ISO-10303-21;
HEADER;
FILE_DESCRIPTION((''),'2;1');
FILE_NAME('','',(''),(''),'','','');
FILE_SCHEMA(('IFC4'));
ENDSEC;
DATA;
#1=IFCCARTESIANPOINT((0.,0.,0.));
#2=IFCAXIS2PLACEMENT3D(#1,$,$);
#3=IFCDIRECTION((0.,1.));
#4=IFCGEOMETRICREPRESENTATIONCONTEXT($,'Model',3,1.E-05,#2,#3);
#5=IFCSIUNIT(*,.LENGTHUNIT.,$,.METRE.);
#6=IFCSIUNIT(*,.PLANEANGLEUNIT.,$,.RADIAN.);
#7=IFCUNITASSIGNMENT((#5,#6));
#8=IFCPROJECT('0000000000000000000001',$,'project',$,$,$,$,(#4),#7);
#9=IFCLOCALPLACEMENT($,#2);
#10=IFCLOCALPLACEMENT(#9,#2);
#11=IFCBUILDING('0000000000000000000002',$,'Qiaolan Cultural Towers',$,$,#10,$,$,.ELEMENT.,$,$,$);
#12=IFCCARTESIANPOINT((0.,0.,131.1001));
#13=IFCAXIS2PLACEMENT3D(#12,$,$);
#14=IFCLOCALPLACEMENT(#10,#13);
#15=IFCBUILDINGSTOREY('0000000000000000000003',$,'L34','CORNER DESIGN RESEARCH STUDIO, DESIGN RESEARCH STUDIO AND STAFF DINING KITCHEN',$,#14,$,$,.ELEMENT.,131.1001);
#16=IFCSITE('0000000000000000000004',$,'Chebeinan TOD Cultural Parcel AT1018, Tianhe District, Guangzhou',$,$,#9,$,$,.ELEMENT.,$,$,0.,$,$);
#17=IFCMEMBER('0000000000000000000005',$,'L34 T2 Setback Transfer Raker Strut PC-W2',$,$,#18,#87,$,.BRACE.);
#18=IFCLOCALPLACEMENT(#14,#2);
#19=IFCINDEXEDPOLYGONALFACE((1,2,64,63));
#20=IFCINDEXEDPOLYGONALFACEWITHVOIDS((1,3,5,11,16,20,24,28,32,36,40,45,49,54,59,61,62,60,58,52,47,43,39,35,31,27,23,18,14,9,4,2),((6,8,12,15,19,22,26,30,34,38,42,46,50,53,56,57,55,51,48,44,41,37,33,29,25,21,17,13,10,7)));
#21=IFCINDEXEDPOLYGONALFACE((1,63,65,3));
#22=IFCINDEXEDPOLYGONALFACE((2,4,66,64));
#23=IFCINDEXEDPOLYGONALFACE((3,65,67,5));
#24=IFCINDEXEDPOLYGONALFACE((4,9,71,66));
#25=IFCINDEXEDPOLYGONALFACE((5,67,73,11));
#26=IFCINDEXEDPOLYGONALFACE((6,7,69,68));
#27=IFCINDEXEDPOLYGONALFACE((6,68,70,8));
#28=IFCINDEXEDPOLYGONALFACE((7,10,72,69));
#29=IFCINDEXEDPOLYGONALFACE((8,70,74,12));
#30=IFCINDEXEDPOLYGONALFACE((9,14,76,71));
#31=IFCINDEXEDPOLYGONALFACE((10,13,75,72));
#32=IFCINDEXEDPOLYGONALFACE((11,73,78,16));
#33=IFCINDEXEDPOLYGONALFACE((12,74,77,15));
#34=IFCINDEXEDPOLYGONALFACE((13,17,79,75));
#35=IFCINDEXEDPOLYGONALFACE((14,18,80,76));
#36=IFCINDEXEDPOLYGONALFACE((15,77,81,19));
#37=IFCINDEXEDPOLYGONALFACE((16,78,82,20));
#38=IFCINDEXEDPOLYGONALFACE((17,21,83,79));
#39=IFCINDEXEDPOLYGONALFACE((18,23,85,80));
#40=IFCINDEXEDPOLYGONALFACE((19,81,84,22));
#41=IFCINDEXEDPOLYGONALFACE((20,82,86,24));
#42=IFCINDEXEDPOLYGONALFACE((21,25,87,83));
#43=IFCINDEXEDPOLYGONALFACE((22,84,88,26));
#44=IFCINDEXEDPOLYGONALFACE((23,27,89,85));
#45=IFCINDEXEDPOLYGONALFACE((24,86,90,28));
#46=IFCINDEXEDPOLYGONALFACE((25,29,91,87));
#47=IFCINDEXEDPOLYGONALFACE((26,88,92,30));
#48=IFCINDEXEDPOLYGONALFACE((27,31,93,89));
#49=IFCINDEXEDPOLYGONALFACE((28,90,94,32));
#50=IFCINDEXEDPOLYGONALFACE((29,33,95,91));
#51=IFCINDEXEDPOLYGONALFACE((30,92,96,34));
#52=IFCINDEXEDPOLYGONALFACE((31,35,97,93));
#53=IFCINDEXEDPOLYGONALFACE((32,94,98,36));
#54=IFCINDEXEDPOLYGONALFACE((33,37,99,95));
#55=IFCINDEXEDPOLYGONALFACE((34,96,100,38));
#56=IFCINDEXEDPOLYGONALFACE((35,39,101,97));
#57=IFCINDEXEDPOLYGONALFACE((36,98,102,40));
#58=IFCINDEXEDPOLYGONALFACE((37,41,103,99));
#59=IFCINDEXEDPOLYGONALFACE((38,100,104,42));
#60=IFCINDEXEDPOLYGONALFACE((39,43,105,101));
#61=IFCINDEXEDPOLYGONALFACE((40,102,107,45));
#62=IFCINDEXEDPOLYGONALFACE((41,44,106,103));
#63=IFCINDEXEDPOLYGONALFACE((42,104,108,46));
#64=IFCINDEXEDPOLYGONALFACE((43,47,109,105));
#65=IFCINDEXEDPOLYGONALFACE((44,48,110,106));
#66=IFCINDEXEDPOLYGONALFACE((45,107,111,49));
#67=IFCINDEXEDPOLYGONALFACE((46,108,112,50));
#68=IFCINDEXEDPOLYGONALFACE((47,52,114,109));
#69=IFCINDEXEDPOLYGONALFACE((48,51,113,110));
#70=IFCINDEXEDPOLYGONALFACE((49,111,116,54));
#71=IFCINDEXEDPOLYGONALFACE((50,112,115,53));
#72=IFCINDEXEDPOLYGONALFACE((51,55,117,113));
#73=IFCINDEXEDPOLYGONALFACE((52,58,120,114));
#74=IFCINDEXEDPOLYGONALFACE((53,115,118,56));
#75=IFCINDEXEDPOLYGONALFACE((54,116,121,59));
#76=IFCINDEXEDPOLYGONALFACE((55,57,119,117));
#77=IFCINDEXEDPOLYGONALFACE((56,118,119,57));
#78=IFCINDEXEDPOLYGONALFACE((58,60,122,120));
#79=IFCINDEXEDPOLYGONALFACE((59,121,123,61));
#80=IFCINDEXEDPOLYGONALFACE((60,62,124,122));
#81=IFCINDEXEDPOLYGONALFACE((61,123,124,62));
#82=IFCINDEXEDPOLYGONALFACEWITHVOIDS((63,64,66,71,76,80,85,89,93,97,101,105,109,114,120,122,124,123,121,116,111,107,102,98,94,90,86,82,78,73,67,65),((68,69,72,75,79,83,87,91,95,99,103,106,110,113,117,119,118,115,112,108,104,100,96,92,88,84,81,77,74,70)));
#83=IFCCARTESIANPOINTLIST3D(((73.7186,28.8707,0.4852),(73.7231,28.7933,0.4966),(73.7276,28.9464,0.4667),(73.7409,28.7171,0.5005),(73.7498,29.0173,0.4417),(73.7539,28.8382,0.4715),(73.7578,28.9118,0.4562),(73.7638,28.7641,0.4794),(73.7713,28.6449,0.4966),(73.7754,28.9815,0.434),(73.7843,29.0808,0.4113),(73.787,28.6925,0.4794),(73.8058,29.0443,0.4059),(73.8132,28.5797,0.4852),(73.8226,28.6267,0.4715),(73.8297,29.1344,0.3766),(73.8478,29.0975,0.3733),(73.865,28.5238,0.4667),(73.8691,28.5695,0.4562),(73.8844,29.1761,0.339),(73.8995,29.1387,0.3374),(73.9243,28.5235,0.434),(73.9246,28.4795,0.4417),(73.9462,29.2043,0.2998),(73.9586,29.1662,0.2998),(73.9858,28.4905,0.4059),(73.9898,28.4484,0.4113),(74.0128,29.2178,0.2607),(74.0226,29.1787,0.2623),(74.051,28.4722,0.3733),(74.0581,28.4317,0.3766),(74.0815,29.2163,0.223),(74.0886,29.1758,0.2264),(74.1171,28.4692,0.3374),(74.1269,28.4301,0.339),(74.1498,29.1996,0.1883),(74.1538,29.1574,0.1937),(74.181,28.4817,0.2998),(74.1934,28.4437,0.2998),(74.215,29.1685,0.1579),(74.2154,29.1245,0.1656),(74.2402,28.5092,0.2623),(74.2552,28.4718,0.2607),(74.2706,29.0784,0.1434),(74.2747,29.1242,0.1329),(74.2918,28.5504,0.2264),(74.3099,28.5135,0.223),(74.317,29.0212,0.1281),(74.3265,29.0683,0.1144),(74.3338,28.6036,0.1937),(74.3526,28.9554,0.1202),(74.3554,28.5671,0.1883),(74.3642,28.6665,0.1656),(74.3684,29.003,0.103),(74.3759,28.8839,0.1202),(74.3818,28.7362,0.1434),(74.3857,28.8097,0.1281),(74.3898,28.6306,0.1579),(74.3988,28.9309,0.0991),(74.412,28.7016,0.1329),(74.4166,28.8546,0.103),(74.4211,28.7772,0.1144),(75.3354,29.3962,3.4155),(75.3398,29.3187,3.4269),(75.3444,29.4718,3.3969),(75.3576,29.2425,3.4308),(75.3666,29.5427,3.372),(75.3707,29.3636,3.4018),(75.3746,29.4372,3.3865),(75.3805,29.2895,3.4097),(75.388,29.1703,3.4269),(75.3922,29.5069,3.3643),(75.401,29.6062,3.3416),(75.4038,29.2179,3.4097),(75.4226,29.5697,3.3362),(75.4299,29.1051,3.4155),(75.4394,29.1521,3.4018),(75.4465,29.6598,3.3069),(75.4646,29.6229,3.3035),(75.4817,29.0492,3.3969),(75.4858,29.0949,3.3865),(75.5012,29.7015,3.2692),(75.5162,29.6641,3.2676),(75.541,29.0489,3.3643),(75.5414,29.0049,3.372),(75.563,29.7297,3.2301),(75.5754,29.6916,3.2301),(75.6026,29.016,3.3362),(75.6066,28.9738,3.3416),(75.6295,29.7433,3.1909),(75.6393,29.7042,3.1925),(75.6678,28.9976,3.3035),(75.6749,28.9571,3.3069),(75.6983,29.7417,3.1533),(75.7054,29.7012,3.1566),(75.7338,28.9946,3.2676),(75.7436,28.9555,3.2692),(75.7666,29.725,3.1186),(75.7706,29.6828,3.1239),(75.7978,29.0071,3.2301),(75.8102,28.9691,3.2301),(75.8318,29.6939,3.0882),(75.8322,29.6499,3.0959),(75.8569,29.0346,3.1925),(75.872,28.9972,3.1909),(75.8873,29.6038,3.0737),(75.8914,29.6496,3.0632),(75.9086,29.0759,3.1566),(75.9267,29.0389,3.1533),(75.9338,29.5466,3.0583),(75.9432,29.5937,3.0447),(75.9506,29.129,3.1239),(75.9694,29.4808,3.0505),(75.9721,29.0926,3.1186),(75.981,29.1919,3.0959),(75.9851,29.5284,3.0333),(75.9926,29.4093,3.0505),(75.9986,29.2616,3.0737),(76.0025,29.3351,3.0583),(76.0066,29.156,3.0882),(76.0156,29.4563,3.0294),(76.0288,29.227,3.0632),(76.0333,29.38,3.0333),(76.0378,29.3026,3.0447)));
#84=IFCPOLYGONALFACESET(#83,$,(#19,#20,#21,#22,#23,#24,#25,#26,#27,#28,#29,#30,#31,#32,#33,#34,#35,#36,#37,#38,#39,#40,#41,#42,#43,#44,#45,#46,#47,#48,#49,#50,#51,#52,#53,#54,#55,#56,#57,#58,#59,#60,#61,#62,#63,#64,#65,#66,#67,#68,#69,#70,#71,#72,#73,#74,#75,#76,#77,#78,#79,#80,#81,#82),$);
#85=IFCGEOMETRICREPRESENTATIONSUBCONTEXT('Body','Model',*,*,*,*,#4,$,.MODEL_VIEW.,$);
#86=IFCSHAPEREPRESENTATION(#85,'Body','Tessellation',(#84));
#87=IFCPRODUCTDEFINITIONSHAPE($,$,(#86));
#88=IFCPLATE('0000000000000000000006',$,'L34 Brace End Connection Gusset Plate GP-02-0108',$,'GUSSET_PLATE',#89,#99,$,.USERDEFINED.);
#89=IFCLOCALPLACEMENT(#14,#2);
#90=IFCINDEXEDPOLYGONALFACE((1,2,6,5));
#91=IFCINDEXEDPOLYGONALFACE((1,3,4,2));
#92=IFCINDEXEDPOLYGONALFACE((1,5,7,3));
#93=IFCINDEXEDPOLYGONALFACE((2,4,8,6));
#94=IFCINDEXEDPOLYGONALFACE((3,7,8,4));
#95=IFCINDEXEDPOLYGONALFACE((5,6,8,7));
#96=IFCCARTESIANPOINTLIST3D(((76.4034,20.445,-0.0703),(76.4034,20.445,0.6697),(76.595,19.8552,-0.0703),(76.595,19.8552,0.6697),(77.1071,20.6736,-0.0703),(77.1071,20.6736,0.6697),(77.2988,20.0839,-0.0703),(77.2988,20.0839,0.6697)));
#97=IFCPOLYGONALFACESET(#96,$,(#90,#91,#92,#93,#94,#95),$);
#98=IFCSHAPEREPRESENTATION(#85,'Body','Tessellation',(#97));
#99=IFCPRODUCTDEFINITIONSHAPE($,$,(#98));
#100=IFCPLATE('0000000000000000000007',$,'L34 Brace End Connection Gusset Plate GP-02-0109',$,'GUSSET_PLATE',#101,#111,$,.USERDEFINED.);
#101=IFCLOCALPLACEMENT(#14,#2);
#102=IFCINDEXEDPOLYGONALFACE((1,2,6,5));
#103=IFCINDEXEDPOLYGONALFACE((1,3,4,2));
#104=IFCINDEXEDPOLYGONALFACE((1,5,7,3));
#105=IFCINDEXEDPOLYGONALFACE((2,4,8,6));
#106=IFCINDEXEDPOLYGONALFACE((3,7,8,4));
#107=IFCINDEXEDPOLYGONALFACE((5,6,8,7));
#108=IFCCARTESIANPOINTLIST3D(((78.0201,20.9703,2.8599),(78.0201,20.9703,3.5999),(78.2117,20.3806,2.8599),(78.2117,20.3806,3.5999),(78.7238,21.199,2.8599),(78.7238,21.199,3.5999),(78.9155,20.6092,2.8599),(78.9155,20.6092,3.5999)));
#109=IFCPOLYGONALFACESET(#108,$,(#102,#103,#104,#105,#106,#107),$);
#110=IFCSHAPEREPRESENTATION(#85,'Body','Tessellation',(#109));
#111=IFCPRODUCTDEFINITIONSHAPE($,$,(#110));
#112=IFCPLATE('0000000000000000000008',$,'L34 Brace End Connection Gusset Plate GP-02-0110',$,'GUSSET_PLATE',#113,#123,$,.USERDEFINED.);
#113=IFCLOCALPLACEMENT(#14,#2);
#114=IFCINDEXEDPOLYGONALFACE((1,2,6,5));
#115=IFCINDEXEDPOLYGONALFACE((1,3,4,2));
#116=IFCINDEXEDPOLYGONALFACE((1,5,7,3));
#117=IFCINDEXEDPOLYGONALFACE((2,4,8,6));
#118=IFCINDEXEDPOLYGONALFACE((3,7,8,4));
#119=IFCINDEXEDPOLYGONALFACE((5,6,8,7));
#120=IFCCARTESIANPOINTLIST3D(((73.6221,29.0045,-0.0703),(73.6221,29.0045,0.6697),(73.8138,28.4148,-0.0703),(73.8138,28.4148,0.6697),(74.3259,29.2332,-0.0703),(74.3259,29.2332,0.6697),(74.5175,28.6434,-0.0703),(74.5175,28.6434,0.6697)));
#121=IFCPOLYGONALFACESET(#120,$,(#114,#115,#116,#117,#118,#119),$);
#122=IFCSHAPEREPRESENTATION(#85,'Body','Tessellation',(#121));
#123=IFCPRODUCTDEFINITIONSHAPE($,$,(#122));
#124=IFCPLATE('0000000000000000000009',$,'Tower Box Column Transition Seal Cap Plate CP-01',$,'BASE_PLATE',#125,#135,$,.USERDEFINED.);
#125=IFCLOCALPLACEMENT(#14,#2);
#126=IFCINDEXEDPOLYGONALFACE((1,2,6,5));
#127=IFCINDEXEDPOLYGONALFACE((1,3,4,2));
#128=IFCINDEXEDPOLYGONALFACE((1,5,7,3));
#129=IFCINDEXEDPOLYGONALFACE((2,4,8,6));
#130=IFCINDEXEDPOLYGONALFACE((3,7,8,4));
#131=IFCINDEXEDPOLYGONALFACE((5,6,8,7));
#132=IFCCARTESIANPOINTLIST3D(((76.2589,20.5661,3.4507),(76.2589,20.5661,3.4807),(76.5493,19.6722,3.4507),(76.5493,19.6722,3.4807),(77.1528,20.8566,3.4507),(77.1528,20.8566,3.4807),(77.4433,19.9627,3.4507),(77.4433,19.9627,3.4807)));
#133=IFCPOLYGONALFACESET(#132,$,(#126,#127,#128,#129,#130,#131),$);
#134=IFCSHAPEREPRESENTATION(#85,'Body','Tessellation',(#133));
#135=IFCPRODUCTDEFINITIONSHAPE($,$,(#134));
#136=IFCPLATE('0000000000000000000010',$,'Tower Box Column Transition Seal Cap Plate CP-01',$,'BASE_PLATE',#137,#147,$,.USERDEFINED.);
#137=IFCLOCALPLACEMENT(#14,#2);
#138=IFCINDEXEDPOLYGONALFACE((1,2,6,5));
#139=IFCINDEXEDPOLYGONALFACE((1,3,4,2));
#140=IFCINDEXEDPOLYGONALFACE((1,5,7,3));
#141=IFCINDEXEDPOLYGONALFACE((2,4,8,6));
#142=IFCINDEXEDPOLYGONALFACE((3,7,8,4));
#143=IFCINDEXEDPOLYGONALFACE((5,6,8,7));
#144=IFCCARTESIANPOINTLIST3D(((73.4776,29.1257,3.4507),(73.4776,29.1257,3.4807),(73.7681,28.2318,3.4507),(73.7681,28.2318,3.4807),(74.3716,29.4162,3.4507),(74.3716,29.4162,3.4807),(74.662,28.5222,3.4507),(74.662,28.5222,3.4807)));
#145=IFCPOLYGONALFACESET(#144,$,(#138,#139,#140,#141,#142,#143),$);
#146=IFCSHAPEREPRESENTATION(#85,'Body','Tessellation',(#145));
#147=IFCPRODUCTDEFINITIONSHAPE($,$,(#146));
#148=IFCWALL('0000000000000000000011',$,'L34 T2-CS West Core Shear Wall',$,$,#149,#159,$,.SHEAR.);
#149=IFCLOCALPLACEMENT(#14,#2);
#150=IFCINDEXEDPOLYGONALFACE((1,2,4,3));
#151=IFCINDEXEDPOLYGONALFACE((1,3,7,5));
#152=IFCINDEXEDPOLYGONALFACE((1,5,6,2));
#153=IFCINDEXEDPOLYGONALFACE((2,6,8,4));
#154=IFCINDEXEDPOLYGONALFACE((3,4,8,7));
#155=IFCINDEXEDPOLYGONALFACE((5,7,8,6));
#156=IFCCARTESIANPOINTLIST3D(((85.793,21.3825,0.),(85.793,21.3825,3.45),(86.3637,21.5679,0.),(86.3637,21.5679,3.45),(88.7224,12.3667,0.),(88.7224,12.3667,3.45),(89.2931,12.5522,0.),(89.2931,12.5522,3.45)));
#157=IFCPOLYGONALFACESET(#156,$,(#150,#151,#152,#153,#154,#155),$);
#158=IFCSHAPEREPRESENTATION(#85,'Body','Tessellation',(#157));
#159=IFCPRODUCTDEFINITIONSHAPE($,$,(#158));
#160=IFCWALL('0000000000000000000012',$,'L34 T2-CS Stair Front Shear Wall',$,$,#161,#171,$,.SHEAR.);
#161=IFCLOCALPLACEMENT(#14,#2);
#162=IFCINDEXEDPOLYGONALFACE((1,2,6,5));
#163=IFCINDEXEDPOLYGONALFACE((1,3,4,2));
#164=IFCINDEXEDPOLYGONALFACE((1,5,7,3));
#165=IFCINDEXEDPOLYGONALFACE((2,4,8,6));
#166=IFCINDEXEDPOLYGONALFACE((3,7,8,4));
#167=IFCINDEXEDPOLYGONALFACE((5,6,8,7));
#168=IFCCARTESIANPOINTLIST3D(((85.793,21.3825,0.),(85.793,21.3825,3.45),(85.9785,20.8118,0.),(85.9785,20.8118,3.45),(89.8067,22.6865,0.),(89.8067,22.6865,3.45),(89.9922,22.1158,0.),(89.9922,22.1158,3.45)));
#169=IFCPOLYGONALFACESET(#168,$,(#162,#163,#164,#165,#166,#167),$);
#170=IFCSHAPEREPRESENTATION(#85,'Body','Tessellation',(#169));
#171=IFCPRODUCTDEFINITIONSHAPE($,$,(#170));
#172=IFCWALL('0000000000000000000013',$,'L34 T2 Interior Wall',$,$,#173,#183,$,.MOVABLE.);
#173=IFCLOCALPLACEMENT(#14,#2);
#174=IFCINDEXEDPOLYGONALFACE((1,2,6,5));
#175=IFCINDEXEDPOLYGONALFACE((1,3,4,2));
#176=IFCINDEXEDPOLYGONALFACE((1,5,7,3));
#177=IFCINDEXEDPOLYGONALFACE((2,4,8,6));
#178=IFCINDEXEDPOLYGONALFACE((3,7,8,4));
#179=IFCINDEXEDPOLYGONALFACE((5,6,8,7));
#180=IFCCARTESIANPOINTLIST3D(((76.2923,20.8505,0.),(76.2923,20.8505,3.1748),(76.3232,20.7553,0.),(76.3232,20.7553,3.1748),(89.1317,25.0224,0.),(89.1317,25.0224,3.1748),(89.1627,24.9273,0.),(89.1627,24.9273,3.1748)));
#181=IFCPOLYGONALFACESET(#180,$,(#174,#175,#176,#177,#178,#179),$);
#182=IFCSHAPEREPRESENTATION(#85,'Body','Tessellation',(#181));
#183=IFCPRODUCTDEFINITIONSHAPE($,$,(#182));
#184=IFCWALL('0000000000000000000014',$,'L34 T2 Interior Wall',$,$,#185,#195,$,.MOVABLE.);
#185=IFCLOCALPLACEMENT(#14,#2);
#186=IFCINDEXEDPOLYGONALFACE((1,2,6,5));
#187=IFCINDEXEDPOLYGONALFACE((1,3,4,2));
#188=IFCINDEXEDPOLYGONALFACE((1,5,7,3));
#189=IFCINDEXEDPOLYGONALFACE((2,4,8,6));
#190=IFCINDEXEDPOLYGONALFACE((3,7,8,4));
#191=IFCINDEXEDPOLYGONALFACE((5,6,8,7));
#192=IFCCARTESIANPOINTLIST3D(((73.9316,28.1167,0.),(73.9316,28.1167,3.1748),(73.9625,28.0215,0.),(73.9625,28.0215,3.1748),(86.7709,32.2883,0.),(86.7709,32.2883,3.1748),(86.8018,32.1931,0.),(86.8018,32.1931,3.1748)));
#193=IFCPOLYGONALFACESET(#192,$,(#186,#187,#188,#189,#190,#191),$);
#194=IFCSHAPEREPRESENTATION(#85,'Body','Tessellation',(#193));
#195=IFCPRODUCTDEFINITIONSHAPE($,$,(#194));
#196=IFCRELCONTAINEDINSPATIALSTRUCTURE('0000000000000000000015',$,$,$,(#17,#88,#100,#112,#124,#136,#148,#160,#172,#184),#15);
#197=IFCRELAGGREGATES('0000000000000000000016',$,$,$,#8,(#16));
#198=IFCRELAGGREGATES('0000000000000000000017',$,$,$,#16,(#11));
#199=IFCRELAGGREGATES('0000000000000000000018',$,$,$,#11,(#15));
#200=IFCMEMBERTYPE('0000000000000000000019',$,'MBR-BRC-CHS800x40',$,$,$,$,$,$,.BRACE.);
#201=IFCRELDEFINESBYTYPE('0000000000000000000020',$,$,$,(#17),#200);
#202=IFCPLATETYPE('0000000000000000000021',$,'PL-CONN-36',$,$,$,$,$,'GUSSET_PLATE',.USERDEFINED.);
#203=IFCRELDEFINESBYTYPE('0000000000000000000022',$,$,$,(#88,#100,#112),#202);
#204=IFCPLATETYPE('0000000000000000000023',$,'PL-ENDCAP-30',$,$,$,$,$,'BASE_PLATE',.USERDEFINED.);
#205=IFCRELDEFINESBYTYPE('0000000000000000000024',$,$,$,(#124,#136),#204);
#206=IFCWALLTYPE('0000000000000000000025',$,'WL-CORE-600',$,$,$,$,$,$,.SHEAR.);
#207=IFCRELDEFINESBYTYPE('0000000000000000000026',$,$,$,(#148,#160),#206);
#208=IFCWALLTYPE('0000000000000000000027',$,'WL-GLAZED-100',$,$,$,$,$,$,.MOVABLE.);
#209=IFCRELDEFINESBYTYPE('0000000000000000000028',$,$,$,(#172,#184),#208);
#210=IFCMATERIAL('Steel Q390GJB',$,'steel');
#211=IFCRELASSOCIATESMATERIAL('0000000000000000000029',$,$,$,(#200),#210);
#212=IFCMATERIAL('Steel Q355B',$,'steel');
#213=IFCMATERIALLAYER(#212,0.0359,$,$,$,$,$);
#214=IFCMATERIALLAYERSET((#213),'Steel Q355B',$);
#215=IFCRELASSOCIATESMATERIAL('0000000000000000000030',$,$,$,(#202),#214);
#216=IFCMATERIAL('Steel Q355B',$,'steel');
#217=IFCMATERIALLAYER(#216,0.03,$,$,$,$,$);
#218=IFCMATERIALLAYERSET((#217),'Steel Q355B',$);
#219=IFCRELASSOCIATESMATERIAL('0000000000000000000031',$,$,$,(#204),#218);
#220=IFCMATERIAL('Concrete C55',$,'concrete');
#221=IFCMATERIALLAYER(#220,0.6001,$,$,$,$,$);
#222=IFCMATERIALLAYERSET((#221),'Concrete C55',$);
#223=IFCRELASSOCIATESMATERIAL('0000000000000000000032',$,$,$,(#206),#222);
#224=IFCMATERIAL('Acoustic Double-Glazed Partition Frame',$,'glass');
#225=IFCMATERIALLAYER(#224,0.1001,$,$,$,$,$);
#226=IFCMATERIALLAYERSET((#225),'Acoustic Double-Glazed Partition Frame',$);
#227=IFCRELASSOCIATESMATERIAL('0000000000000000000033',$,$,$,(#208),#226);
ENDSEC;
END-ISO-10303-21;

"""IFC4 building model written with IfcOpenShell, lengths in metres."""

from ifc_helpers import new_model, si_unit, direction, frame, frame_2d, origin, origin_2d, place, context, subcontext, project, spatial, rectangle, hollow_circle, extrude, material, layer, layer_set, material_profile, profile_set, type_object, element, save


model = new_model("IFC4")

# Units and contexts
model_context = context("Model", 3, precision=1e-05, world=origin(), true_north=direction((0.0, 1.0)))
body_context = subcontext(model_context, "Body", "Model", "MODEL_VIEW")
ifc_project = project(units=[si_unit("LENGTHUNIT", "METRE"), si_unit("PLANEANGLEUNIT", "RADIAN")], contexts=[model_context])

# Site, building, storey
site_placement = place(None, origin())
site = spatial("IfcSite", under=ifc_project, at=site_placement, Name="Chebeinan TOD Cultural Parcel AT1018, Tianhe District, Guangzhou", CompositionType="ELEMENT", RefElevation=0.0)
building_placement = place(site_placement, origin())
building = spatial("IfcBuilding", under=site, at=building_placement, Name="Qiaolan Cultural Towers", CompositionType="ELEMENT")
storey_placement = place(building_placement, frame((0.0, 0.0, 131.1001)))
storey = spatial("IfcBuildingStorey", under=building, at=storey_placement, Name="L34", Description="CORNER DESIGN RESEARCH STUDIO, DESIGN RESEARCH STUDIO AND STAFF DINING KITCHEN", CompositionType="ELEMENT", Elevation=131.1001)

# Member
ifc_material_1 = material(Name="Steel Q390GJB", Category="steel")
ifc_material_profile_1 = material_profile(ifc_material_1, hollow_circle(Radius=0.3999, WallThickness=0.04, at=origin_2d()), Name="CHS800x40")
ifc_profile_set_1 = profile_set([ifc_material_profile_1], Name="Steel Q390GJB")
member_type = type_object("IfcMemberType", Name="MBR-BRC-CHS800x40", PredefinedType="BRACE", material=ifc_profile_set_1)
for number, where, z_axis, x_axis, name in (
    (1, (74.0698, 28.824, 0.2998), (0.477243, 0.155093, 0.864977), (-0.309067, 0.95104, 0.0), "L34 T2 Setback Transfer Raker Strut PC-W2"),
):
    element("IfcMember", number, at=place(storey_placement, frame(where, z_axis=z_axis, x_axis=x_axis)), inside=storey, type_object=member_type, Name=name, PredefinedType="BRACE", context=body_context, shape_type="SweptSolid", body=[
        extrude(hollow_circle(Radius=0.3999, WallThickness=0.04, at=origin_2d()), origin(), (0.0, 0.0, 1.0), 3.3877),
    ])

# Plates
ifc_material_2 = material(Name="Steel Q355B", Category="steel")
ifc_layer_1 = layer(ifc_material_2, 0.0359)
ifc_layer_set_1 = layer_set([ifc_layer_1], Name="Steel Q355B")
plate_type_1 = type_object("IfcPlateType", Name="PL-CONN-36", ElementType="GUSSET_PLATE", PredefinedType="USERDEFINED", material=ifc_layer_set_1)
for number, where, z_axis, x_axis, name in (
    (2, (76.8511, 20.2644, -0.0703), (0.0, 0.0, 1.0), (0.951056, 0.309017, 0.0), "L34 Brace End Connection Gusset Plate GP-02-0108"),
    (3, (78.4678, 20.7898, 2.8599), (0.0, 0.0, 1.0), (0.951056, 0.309017, 0.0), "L34 Brace End Connection Gusset Plate GP-02-0109"),
    (4, (74.0698, 28.824, -0.0703), (0.0, 0.0, 1.0), (0.951056, 0.309017, 0.0), "L34 Brace End Connection Gusset Plate GP-02-0110"),
):
    element("IfcPlate", number, at=place(storey_placement, frame(where, z_axis=z_axis, x_axis=x_axis)), inside=storey, type_object=plate_type_1, Name=name, ObjectType="GUSSET_PLATE", PredefinedType="USERDEFINED", context=body_context, shape_type="SweptSolid", body=[
        extrude(rectangle(XDim=0.74, YDim=0.6201, at=origin_2d()), origin(), (0.0, 0.0, 1.0), 0.74),
    ])
ifc_material_3 = material(Name="Steel Q355B", Category="steel")
ifc_layer_2 = layer(ifc_material_3, 0.03)
ifc_layer_set_2 = layer_set([ifc_layer_2], Name="Steel Q355B")
plate_type_2 = type_object("IfcPlateType", Name="PL-ENDCAP-30", ElementType="BASE_PLATE", PredefinedType="USERDEFINED", material=ifc_layer_set_2)
for number, where, z_axis, x_axis, name in (
    (5, (76.8511, 20.2644, 3.4507), (0.0, 0.0, 1.0), (0.951057, 0.309017, 0.0), "Tower Box Column Transition Seal Cap Plate CP-01"),
    (6, (74.0698, 28.824, 3.4507), (0.0, 0.0, 1.0), (0.951057, 0.309017, 0.0), "Tower Box Column Transition Seal Cap Plate CP-01"),
):
    element("IfcPlate", number, at=place(storey_placement, frame(where, z_axis=z_axis, x_axis=x_axis)), inside=storey, type_object=plate_type_2, Name=name, ObjectType="BASE_PLATE", PredefinedType="USERDEFINED", context=body_context, shape_type="SweptSolid", body=[
        extrude(rectangle(XDim=0.9399, YDim=0.9399, at=origin_2d()), origin(), (0.0, 0.0, 1.0), 0.03),
    ])

# Walls
ifc_material_4 = material(Name="Concrete C55", Category="concrete")
ifc_layer_3 = layer(ifc_material_4, 0.6001)
ifc_layer_set_3 = layer_set([ifc_layer_3], Name="Concrete C55")
wall_type_1 = type_object("IfcWallType", Name="WL-CORE-600", PredefinedType="SHEAR", material=ifc_layer_set_3)
wall_1_placement = place(storey_placement, frame((86.0784, 21.4751, 0.0), z_axis=(0.0, 0.0, 1.0), x_axis=(0.309018, -0.951056, 0.0)))
element("IfcWall", 7, at=wall_1_placement, inside=storey, type_object=wall_type_1, Name="L34 T2-CS West Core Shear Wall", PredefinedType="SHEAR", context=body_context, shape_type="SweptSolid", body=[
    extrude(rectangle(XDim=9.4797, YDim=0.6001, at=frame_2d((4.7397, 0.0))), origin(), (0.0, 0.0, 1.0), 3.45),
])
wall_2_placement = place(storey_placement, frame((85.8857, 21.0972, 0.0), z_axis=(0.0, 0.0, 1.0), x_axis=(0.951068, 0.308981, 0.0)))
element("IfcWall", 8, at=wall_2_placement, inside=storey, type_object=wall_type_1, Name="L34 T2-CS Stair Front Shear Wall", PredefinedType="SHEAR", context=body_context, shape_type="SweptSolid", body=[
    extrude(rectangle(XDim=4.2202, YDim=0.6001, at=frame_2d((2.1101, 0.0))), origin(), (0.0, 0.0, 1.0), 3.45),
])
ifc_material_5 = material(Name="Acoustic Double-Glazed Partition Frame", Category="glass")
ifc_layer_4 = layer(ifc_material_5, 0.1001)
ifc_layer_set_4 = layer_set([ifc_layer_4], Name="Acoustic Double-Glazed Partition Frame")
wall_type_2 = type_object("IfcWallType", Name="WL-GLAZED-100", PredefinedType="MOVABLE", material=ifc_layer_set_4)
wall_3_placement = place(storey_placement, frame((76.3079, 20.803, 0.0), z_axis=(0.0, 0.0, 1.0), x_axis=(0.951054, 0.309025, 0.0)))
element("IfcWall", 9, at=wall_3_placement, inside=storey, type_object=wall_type_2, Name="L34 T2 Interior Wall", PredefinedType="MOVABLE", context=body_context, shape_type="SweptSolid", body=[
    extrude(rectangle(XDim=13.5002, YDim=0.1001, at=frame_2d((6.75, 0.0))), origin(), (0.0, 0.0, 1.0), 3.1748),
])
wall_4_placement = place(storey_placement, frame((73.947, 28.0691, 0.0), z_axis=(0.0, 0.0, 1.0), x_axis=(0.951059, 0.309008, 0.0)))
element("IfcWall", 10, at=wall_4_placement, inside=storey, type_object=wall_type_2, Name="L34 T2 Interior Wall", PredefinedType="MOVABLE", context=body_context, shape_type="SweptSolid", body=[
    extrude(rectangle(XDim=13.5, YDim=0.1001, at=frame_2d((6.75, 0.0))), origin(), (0.0, 0.0, 1.0), 3.1748),
])

save(model, "model.ifc")
